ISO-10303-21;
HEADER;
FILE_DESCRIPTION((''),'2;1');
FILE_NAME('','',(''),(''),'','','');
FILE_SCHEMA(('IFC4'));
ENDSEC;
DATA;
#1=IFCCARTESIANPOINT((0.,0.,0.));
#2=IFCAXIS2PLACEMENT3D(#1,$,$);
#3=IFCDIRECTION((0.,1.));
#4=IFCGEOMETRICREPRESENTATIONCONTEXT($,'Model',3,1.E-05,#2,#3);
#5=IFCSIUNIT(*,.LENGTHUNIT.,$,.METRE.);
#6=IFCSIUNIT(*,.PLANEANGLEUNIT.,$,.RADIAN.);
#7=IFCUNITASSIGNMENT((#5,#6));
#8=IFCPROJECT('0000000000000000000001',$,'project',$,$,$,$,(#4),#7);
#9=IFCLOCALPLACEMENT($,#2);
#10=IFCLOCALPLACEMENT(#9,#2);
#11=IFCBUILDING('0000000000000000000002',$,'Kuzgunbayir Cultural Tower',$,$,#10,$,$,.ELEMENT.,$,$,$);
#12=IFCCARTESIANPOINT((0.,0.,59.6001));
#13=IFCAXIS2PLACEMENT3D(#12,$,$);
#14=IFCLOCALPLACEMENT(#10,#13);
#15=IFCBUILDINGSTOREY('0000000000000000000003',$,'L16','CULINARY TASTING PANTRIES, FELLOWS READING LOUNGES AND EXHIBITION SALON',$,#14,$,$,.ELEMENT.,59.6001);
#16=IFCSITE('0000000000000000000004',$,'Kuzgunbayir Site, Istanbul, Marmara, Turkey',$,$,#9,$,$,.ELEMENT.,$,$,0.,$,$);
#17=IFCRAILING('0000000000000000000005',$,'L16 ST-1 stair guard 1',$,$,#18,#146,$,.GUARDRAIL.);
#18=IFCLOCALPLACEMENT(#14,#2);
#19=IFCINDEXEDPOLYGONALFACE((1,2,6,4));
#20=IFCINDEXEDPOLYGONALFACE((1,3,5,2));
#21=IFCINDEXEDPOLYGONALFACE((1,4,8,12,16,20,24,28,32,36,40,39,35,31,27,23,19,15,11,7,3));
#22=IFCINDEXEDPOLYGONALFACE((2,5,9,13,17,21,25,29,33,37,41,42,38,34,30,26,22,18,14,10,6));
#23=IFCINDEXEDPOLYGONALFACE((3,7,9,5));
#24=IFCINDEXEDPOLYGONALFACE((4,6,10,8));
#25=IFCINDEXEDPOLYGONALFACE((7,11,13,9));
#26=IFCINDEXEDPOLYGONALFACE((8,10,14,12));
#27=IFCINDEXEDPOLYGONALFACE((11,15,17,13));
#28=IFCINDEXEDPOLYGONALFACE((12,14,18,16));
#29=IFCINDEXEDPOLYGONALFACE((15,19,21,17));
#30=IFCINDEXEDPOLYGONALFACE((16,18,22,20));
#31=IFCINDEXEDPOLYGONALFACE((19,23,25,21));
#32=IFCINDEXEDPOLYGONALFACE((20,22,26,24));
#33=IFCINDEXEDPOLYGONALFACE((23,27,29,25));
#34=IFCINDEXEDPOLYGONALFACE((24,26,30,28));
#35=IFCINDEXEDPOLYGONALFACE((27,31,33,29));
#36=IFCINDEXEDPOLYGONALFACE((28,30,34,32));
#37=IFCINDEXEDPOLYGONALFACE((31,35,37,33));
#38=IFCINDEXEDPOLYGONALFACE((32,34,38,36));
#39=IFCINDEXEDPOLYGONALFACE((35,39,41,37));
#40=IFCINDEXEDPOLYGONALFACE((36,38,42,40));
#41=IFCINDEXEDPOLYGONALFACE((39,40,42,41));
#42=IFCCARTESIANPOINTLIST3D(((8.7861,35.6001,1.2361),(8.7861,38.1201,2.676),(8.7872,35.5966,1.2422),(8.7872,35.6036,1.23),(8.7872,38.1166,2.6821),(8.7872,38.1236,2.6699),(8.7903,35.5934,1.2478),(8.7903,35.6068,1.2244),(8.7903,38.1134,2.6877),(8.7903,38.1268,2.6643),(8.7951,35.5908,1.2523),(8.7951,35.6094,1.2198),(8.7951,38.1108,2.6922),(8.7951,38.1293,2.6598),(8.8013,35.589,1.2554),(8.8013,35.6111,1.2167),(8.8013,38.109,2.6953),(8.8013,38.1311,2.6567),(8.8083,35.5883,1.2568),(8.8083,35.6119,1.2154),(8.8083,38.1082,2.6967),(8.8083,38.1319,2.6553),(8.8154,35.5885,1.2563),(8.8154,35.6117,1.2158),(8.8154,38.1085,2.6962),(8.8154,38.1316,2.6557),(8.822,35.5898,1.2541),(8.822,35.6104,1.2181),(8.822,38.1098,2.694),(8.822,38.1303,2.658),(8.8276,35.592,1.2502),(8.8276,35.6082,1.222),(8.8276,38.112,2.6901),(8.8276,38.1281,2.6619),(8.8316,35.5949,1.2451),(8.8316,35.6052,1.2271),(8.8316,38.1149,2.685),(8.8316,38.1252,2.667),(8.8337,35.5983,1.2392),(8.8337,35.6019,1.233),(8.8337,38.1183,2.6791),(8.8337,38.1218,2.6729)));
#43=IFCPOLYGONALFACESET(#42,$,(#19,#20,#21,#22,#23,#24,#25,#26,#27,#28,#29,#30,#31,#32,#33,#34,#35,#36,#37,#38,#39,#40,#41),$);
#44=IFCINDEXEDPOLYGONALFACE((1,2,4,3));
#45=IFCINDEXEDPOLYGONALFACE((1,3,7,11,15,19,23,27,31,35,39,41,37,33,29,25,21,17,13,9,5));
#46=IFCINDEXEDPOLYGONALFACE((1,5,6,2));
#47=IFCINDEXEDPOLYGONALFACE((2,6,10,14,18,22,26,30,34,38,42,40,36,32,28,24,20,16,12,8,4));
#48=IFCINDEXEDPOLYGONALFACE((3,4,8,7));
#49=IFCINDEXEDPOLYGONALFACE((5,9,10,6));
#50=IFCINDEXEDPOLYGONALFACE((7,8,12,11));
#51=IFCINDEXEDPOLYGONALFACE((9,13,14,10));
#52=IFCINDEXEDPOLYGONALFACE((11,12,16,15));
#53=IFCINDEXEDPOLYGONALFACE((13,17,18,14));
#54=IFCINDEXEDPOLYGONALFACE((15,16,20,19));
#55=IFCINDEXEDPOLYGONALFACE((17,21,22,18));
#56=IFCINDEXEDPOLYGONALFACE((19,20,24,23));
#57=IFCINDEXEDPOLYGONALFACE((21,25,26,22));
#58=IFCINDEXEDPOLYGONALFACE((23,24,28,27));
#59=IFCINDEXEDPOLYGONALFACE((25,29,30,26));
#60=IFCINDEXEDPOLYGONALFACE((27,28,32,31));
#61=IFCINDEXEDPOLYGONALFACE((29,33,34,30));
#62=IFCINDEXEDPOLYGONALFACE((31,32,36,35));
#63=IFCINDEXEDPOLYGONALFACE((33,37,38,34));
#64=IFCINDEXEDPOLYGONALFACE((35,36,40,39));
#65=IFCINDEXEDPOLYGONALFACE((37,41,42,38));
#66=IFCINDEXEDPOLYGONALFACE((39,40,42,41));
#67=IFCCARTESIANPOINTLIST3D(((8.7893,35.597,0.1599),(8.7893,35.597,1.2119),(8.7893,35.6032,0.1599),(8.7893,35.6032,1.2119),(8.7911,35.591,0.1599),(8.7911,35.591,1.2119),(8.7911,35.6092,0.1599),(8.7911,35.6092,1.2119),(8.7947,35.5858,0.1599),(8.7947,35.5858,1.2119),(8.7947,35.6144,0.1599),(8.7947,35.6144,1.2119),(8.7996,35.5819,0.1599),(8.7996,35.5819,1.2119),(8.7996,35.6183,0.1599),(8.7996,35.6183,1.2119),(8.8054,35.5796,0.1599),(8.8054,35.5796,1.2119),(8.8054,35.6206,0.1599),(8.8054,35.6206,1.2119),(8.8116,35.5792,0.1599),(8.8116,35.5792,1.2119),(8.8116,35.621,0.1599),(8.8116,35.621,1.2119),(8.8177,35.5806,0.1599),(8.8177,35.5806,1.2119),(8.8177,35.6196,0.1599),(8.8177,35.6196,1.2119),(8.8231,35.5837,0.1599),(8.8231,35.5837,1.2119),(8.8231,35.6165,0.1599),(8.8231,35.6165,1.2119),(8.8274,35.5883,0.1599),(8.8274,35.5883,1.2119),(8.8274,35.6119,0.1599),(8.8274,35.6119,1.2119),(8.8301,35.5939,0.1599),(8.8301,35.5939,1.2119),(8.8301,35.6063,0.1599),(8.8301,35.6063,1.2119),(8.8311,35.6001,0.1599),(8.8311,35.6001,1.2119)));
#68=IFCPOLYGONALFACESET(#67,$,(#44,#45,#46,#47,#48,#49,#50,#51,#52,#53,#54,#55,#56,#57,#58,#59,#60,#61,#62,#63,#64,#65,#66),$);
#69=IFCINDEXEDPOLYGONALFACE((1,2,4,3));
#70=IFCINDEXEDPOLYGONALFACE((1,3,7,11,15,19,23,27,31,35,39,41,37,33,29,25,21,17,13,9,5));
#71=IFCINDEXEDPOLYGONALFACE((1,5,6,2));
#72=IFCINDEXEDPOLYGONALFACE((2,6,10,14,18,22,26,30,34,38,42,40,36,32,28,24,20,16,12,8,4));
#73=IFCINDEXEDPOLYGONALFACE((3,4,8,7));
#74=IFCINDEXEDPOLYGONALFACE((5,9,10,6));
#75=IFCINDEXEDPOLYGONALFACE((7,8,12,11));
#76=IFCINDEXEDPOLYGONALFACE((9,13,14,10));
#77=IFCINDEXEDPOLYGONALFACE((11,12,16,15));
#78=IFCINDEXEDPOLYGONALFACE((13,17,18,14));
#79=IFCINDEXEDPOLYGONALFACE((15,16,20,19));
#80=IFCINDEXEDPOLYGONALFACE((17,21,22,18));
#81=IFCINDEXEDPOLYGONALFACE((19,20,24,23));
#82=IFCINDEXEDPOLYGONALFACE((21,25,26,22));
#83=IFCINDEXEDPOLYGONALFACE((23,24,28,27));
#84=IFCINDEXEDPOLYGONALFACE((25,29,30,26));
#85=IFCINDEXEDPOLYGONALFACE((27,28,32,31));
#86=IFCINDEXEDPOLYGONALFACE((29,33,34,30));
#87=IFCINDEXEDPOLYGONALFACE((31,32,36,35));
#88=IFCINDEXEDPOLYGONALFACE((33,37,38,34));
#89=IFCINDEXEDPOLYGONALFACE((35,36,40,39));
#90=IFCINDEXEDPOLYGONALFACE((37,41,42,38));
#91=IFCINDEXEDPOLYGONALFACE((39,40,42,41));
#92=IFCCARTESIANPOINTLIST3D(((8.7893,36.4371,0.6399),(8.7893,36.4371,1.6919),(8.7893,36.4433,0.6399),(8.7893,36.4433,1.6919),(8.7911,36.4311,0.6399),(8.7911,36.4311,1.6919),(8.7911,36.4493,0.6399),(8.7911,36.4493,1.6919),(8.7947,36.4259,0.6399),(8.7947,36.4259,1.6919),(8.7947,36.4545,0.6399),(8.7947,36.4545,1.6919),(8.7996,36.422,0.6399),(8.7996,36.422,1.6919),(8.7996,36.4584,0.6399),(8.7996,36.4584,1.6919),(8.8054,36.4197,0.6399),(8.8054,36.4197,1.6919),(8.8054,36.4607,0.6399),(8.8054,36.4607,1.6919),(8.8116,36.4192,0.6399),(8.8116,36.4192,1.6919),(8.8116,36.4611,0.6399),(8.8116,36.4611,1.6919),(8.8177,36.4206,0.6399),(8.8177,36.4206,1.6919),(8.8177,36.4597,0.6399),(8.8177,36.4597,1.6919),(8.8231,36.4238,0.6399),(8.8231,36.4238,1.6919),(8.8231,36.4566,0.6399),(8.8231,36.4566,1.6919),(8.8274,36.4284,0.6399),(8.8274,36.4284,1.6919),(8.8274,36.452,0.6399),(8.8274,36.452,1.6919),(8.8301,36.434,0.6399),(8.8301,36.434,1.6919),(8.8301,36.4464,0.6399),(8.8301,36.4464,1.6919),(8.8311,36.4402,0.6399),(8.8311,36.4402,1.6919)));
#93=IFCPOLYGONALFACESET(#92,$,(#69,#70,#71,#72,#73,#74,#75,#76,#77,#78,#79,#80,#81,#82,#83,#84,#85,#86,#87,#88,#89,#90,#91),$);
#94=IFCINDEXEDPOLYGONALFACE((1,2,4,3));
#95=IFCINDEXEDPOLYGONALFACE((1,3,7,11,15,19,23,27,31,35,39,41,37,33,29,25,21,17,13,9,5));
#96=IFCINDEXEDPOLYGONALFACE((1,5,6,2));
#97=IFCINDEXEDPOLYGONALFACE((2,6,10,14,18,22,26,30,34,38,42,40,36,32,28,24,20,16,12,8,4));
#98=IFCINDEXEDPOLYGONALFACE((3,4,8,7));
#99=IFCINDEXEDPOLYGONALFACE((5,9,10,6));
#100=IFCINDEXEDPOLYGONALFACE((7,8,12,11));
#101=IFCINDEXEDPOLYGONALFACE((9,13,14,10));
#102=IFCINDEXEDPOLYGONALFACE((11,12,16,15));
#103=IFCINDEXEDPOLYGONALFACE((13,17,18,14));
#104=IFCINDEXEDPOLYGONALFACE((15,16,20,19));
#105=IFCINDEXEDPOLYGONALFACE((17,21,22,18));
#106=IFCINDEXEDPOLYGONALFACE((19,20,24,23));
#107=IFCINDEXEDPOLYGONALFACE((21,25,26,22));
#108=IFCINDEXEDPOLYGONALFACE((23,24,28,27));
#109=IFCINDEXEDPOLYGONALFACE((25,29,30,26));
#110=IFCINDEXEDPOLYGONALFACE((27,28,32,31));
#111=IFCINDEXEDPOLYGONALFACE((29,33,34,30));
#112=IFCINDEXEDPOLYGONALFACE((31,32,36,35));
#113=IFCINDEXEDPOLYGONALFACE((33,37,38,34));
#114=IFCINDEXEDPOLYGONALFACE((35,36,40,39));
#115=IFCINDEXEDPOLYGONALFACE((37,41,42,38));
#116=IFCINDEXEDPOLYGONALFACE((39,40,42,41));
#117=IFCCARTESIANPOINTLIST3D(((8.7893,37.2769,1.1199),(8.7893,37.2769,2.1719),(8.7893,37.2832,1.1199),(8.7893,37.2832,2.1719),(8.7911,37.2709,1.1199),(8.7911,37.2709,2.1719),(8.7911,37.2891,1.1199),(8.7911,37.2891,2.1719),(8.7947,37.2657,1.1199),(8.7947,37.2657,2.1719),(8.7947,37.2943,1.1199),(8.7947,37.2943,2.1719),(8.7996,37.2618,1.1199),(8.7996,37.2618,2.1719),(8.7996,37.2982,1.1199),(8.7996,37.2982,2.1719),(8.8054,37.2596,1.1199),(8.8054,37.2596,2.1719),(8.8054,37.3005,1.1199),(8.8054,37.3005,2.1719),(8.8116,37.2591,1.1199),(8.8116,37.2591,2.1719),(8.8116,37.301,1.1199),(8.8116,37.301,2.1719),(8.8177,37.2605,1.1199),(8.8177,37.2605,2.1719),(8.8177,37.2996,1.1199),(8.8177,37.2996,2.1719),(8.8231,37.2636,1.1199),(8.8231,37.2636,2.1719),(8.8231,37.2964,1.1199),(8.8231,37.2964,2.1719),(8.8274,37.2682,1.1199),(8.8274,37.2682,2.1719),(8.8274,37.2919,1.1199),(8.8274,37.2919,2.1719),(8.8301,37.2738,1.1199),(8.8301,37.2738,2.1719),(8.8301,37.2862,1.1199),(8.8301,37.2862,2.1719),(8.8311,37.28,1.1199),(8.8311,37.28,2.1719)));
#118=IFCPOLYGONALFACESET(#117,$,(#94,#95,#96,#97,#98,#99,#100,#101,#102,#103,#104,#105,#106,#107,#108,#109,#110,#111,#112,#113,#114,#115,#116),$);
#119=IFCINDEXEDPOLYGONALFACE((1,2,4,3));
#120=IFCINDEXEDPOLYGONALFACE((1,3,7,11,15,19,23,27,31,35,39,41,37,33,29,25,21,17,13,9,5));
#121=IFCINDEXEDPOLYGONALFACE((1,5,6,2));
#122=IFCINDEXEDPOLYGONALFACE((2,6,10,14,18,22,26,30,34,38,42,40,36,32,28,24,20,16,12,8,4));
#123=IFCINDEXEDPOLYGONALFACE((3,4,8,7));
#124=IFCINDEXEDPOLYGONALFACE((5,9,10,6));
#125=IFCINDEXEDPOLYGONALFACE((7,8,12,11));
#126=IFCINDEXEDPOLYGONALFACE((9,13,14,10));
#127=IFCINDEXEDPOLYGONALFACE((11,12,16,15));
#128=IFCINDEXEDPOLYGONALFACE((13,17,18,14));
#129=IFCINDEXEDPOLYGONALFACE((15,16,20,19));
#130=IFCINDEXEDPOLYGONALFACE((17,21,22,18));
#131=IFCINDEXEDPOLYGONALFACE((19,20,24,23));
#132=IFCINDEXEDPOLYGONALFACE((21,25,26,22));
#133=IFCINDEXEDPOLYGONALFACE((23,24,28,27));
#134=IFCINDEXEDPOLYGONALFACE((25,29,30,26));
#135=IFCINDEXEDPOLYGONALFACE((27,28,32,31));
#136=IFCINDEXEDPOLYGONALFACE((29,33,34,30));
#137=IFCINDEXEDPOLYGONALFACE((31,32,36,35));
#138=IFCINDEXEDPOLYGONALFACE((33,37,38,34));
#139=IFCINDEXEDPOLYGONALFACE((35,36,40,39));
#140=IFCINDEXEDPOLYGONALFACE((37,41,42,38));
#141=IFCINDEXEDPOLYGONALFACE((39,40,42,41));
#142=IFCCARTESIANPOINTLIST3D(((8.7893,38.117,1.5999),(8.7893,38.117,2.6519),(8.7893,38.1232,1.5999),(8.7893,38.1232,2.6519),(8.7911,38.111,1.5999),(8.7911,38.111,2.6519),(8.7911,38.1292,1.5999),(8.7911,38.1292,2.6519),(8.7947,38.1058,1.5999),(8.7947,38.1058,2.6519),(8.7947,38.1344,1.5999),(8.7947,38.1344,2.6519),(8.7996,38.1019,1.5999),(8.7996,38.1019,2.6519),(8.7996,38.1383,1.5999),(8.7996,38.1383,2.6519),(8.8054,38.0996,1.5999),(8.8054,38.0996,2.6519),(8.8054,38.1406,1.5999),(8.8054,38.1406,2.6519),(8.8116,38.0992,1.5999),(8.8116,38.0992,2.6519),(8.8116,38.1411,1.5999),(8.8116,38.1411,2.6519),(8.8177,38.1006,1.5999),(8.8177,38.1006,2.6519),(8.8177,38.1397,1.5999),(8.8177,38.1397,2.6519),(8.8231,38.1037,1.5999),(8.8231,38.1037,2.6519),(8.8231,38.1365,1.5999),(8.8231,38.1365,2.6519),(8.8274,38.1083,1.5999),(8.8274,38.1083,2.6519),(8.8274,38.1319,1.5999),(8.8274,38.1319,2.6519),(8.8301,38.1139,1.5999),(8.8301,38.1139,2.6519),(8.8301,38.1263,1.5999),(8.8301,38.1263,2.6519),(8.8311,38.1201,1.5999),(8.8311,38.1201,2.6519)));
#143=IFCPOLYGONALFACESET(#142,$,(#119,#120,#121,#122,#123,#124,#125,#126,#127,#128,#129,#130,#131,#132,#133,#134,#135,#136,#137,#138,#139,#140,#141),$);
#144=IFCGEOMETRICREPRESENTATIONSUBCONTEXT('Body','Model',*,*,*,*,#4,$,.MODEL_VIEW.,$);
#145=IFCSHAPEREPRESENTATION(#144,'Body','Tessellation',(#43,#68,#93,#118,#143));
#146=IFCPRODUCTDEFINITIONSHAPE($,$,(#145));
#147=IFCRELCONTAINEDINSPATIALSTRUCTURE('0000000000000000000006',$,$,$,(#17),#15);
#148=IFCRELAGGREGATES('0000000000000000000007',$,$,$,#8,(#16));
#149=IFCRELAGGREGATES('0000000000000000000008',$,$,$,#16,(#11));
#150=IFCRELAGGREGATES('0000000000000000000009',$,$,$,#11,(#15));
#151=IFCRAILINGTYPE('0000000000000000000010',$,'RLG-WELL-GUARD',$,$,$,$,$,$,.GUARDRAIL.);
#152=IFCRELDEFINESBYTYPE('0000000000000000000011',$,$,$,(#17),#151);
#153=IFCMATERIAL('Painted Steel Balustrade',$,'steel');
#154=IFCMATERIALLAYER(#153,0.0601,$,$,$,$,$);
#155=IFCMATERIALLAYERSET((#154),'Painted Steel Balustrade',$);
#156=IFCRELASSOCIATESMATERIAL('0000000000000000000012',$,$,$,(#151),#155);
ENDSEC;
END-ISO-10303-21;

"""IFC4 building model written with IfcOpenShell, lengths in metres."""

from ifc_helpers import new_model, si_unit, direction, frame, origin, origin_2d, place, context, subcontext, project, spatial, circle, extrude, material, layer, layer_set, type_object, element, save


model = new_model("IFC4")

# Units and contexts
model_context = context("Model", 3, precision=1e-05, world=origin(), true_north=direction((0.0, 1.0)))
body_context = subcontext(model_context, "Body", "Model", "MODEL_VIEW")
ifc_project = project(units=[si_unit("LENGTHUNIT", "METRE"), si_unit("PLANEANGLEUNIT", "RADIAN")], contexts=[model_context])

# Site, building, storey
site_placement = place(None, origin())
site = spatial("IfcSite", under=ifc_project, at=site_placement, Name="Kuzgunbayir Site, Istanbul, Marmara, Turkey", CompositionType="ELEMENT", RefElevation=0.0)
building_placement = place(site_placement, origin())
building = spatial("IfcBuilding", under=site, at=building_placement, Name="Kuzgunbayir Cultural Tower", CompositionType="ELEMENT")
storey_placement = place(building_placement, frame((0.0, 0.0, 59.6001)))
storey = spatial("IfcBuildingStorey", under=building, at=storey_placement, Name="L16", Description="CULINARY TASTING PANTRIES, FELLOWS READING LOUNGES AND EXHIBITION SALON", CompositionType="ELEMENT", Elevation=59.6001)

# Railing
ifc_material_1 = material(Name="Painted Steel Balustrade", Category="steel")
ifc_layer_1 = layer(ifc_material_1, 0.0601)
ifc_layer_set_1 = layer_set([ifc_layer_1], Name="Painted Steel Balustrade")
railing_type_1 = type_object("IfcRailingType", Name="RLG-WELL-GUARD", PredefinedType="GUARDRAIL", material=ifc_layer_set_1)
railing_1_placement = place(storey_placement, frame((8.8101, 35.6001, 0.1599)))
element("IfcRailing", 1, at=railing_1_placement, inside=storey, type_object=railing_type_1, Name="L16 ST-1 stair guard 1", PredefinedType="GUARDRAIL", context=body_context, shape_type="SweptSolid", body=[
    extrude(circle(Radius=0.0239, at=origin_2d()), frame((0.0, 0.0, 1.0762), z_axis=(0.0, 0.868253, 0.496121), x_axis=(-1.0, 0.0, 0.0)), (0.0, 0.0, 1.0), 2.9023),
    extrude(circle(Radius=0.021, at=origin_2d()), origin(), (0.0, 0.0, 1.0), 1.052),
    extrude(circle(Radius=0.021, at=origin_2d()), frame((0.0, 0.8401, 0.48)), (0.0, 0.0, 1.0), 1.052),
    extrude(circle(Radius=0.021, at=origin_2d()), frame((0.0, 1.6799, 0.96)), (0.0, 0.0, 1.0), 1.052),
    extrude(circle(Radius=0.021, at=origin_2d()), frame((0.0, 2.52, 1.4399)), (0.0, 0.0, 1.0), 1.052),
])

save(model, "model.ifc")
